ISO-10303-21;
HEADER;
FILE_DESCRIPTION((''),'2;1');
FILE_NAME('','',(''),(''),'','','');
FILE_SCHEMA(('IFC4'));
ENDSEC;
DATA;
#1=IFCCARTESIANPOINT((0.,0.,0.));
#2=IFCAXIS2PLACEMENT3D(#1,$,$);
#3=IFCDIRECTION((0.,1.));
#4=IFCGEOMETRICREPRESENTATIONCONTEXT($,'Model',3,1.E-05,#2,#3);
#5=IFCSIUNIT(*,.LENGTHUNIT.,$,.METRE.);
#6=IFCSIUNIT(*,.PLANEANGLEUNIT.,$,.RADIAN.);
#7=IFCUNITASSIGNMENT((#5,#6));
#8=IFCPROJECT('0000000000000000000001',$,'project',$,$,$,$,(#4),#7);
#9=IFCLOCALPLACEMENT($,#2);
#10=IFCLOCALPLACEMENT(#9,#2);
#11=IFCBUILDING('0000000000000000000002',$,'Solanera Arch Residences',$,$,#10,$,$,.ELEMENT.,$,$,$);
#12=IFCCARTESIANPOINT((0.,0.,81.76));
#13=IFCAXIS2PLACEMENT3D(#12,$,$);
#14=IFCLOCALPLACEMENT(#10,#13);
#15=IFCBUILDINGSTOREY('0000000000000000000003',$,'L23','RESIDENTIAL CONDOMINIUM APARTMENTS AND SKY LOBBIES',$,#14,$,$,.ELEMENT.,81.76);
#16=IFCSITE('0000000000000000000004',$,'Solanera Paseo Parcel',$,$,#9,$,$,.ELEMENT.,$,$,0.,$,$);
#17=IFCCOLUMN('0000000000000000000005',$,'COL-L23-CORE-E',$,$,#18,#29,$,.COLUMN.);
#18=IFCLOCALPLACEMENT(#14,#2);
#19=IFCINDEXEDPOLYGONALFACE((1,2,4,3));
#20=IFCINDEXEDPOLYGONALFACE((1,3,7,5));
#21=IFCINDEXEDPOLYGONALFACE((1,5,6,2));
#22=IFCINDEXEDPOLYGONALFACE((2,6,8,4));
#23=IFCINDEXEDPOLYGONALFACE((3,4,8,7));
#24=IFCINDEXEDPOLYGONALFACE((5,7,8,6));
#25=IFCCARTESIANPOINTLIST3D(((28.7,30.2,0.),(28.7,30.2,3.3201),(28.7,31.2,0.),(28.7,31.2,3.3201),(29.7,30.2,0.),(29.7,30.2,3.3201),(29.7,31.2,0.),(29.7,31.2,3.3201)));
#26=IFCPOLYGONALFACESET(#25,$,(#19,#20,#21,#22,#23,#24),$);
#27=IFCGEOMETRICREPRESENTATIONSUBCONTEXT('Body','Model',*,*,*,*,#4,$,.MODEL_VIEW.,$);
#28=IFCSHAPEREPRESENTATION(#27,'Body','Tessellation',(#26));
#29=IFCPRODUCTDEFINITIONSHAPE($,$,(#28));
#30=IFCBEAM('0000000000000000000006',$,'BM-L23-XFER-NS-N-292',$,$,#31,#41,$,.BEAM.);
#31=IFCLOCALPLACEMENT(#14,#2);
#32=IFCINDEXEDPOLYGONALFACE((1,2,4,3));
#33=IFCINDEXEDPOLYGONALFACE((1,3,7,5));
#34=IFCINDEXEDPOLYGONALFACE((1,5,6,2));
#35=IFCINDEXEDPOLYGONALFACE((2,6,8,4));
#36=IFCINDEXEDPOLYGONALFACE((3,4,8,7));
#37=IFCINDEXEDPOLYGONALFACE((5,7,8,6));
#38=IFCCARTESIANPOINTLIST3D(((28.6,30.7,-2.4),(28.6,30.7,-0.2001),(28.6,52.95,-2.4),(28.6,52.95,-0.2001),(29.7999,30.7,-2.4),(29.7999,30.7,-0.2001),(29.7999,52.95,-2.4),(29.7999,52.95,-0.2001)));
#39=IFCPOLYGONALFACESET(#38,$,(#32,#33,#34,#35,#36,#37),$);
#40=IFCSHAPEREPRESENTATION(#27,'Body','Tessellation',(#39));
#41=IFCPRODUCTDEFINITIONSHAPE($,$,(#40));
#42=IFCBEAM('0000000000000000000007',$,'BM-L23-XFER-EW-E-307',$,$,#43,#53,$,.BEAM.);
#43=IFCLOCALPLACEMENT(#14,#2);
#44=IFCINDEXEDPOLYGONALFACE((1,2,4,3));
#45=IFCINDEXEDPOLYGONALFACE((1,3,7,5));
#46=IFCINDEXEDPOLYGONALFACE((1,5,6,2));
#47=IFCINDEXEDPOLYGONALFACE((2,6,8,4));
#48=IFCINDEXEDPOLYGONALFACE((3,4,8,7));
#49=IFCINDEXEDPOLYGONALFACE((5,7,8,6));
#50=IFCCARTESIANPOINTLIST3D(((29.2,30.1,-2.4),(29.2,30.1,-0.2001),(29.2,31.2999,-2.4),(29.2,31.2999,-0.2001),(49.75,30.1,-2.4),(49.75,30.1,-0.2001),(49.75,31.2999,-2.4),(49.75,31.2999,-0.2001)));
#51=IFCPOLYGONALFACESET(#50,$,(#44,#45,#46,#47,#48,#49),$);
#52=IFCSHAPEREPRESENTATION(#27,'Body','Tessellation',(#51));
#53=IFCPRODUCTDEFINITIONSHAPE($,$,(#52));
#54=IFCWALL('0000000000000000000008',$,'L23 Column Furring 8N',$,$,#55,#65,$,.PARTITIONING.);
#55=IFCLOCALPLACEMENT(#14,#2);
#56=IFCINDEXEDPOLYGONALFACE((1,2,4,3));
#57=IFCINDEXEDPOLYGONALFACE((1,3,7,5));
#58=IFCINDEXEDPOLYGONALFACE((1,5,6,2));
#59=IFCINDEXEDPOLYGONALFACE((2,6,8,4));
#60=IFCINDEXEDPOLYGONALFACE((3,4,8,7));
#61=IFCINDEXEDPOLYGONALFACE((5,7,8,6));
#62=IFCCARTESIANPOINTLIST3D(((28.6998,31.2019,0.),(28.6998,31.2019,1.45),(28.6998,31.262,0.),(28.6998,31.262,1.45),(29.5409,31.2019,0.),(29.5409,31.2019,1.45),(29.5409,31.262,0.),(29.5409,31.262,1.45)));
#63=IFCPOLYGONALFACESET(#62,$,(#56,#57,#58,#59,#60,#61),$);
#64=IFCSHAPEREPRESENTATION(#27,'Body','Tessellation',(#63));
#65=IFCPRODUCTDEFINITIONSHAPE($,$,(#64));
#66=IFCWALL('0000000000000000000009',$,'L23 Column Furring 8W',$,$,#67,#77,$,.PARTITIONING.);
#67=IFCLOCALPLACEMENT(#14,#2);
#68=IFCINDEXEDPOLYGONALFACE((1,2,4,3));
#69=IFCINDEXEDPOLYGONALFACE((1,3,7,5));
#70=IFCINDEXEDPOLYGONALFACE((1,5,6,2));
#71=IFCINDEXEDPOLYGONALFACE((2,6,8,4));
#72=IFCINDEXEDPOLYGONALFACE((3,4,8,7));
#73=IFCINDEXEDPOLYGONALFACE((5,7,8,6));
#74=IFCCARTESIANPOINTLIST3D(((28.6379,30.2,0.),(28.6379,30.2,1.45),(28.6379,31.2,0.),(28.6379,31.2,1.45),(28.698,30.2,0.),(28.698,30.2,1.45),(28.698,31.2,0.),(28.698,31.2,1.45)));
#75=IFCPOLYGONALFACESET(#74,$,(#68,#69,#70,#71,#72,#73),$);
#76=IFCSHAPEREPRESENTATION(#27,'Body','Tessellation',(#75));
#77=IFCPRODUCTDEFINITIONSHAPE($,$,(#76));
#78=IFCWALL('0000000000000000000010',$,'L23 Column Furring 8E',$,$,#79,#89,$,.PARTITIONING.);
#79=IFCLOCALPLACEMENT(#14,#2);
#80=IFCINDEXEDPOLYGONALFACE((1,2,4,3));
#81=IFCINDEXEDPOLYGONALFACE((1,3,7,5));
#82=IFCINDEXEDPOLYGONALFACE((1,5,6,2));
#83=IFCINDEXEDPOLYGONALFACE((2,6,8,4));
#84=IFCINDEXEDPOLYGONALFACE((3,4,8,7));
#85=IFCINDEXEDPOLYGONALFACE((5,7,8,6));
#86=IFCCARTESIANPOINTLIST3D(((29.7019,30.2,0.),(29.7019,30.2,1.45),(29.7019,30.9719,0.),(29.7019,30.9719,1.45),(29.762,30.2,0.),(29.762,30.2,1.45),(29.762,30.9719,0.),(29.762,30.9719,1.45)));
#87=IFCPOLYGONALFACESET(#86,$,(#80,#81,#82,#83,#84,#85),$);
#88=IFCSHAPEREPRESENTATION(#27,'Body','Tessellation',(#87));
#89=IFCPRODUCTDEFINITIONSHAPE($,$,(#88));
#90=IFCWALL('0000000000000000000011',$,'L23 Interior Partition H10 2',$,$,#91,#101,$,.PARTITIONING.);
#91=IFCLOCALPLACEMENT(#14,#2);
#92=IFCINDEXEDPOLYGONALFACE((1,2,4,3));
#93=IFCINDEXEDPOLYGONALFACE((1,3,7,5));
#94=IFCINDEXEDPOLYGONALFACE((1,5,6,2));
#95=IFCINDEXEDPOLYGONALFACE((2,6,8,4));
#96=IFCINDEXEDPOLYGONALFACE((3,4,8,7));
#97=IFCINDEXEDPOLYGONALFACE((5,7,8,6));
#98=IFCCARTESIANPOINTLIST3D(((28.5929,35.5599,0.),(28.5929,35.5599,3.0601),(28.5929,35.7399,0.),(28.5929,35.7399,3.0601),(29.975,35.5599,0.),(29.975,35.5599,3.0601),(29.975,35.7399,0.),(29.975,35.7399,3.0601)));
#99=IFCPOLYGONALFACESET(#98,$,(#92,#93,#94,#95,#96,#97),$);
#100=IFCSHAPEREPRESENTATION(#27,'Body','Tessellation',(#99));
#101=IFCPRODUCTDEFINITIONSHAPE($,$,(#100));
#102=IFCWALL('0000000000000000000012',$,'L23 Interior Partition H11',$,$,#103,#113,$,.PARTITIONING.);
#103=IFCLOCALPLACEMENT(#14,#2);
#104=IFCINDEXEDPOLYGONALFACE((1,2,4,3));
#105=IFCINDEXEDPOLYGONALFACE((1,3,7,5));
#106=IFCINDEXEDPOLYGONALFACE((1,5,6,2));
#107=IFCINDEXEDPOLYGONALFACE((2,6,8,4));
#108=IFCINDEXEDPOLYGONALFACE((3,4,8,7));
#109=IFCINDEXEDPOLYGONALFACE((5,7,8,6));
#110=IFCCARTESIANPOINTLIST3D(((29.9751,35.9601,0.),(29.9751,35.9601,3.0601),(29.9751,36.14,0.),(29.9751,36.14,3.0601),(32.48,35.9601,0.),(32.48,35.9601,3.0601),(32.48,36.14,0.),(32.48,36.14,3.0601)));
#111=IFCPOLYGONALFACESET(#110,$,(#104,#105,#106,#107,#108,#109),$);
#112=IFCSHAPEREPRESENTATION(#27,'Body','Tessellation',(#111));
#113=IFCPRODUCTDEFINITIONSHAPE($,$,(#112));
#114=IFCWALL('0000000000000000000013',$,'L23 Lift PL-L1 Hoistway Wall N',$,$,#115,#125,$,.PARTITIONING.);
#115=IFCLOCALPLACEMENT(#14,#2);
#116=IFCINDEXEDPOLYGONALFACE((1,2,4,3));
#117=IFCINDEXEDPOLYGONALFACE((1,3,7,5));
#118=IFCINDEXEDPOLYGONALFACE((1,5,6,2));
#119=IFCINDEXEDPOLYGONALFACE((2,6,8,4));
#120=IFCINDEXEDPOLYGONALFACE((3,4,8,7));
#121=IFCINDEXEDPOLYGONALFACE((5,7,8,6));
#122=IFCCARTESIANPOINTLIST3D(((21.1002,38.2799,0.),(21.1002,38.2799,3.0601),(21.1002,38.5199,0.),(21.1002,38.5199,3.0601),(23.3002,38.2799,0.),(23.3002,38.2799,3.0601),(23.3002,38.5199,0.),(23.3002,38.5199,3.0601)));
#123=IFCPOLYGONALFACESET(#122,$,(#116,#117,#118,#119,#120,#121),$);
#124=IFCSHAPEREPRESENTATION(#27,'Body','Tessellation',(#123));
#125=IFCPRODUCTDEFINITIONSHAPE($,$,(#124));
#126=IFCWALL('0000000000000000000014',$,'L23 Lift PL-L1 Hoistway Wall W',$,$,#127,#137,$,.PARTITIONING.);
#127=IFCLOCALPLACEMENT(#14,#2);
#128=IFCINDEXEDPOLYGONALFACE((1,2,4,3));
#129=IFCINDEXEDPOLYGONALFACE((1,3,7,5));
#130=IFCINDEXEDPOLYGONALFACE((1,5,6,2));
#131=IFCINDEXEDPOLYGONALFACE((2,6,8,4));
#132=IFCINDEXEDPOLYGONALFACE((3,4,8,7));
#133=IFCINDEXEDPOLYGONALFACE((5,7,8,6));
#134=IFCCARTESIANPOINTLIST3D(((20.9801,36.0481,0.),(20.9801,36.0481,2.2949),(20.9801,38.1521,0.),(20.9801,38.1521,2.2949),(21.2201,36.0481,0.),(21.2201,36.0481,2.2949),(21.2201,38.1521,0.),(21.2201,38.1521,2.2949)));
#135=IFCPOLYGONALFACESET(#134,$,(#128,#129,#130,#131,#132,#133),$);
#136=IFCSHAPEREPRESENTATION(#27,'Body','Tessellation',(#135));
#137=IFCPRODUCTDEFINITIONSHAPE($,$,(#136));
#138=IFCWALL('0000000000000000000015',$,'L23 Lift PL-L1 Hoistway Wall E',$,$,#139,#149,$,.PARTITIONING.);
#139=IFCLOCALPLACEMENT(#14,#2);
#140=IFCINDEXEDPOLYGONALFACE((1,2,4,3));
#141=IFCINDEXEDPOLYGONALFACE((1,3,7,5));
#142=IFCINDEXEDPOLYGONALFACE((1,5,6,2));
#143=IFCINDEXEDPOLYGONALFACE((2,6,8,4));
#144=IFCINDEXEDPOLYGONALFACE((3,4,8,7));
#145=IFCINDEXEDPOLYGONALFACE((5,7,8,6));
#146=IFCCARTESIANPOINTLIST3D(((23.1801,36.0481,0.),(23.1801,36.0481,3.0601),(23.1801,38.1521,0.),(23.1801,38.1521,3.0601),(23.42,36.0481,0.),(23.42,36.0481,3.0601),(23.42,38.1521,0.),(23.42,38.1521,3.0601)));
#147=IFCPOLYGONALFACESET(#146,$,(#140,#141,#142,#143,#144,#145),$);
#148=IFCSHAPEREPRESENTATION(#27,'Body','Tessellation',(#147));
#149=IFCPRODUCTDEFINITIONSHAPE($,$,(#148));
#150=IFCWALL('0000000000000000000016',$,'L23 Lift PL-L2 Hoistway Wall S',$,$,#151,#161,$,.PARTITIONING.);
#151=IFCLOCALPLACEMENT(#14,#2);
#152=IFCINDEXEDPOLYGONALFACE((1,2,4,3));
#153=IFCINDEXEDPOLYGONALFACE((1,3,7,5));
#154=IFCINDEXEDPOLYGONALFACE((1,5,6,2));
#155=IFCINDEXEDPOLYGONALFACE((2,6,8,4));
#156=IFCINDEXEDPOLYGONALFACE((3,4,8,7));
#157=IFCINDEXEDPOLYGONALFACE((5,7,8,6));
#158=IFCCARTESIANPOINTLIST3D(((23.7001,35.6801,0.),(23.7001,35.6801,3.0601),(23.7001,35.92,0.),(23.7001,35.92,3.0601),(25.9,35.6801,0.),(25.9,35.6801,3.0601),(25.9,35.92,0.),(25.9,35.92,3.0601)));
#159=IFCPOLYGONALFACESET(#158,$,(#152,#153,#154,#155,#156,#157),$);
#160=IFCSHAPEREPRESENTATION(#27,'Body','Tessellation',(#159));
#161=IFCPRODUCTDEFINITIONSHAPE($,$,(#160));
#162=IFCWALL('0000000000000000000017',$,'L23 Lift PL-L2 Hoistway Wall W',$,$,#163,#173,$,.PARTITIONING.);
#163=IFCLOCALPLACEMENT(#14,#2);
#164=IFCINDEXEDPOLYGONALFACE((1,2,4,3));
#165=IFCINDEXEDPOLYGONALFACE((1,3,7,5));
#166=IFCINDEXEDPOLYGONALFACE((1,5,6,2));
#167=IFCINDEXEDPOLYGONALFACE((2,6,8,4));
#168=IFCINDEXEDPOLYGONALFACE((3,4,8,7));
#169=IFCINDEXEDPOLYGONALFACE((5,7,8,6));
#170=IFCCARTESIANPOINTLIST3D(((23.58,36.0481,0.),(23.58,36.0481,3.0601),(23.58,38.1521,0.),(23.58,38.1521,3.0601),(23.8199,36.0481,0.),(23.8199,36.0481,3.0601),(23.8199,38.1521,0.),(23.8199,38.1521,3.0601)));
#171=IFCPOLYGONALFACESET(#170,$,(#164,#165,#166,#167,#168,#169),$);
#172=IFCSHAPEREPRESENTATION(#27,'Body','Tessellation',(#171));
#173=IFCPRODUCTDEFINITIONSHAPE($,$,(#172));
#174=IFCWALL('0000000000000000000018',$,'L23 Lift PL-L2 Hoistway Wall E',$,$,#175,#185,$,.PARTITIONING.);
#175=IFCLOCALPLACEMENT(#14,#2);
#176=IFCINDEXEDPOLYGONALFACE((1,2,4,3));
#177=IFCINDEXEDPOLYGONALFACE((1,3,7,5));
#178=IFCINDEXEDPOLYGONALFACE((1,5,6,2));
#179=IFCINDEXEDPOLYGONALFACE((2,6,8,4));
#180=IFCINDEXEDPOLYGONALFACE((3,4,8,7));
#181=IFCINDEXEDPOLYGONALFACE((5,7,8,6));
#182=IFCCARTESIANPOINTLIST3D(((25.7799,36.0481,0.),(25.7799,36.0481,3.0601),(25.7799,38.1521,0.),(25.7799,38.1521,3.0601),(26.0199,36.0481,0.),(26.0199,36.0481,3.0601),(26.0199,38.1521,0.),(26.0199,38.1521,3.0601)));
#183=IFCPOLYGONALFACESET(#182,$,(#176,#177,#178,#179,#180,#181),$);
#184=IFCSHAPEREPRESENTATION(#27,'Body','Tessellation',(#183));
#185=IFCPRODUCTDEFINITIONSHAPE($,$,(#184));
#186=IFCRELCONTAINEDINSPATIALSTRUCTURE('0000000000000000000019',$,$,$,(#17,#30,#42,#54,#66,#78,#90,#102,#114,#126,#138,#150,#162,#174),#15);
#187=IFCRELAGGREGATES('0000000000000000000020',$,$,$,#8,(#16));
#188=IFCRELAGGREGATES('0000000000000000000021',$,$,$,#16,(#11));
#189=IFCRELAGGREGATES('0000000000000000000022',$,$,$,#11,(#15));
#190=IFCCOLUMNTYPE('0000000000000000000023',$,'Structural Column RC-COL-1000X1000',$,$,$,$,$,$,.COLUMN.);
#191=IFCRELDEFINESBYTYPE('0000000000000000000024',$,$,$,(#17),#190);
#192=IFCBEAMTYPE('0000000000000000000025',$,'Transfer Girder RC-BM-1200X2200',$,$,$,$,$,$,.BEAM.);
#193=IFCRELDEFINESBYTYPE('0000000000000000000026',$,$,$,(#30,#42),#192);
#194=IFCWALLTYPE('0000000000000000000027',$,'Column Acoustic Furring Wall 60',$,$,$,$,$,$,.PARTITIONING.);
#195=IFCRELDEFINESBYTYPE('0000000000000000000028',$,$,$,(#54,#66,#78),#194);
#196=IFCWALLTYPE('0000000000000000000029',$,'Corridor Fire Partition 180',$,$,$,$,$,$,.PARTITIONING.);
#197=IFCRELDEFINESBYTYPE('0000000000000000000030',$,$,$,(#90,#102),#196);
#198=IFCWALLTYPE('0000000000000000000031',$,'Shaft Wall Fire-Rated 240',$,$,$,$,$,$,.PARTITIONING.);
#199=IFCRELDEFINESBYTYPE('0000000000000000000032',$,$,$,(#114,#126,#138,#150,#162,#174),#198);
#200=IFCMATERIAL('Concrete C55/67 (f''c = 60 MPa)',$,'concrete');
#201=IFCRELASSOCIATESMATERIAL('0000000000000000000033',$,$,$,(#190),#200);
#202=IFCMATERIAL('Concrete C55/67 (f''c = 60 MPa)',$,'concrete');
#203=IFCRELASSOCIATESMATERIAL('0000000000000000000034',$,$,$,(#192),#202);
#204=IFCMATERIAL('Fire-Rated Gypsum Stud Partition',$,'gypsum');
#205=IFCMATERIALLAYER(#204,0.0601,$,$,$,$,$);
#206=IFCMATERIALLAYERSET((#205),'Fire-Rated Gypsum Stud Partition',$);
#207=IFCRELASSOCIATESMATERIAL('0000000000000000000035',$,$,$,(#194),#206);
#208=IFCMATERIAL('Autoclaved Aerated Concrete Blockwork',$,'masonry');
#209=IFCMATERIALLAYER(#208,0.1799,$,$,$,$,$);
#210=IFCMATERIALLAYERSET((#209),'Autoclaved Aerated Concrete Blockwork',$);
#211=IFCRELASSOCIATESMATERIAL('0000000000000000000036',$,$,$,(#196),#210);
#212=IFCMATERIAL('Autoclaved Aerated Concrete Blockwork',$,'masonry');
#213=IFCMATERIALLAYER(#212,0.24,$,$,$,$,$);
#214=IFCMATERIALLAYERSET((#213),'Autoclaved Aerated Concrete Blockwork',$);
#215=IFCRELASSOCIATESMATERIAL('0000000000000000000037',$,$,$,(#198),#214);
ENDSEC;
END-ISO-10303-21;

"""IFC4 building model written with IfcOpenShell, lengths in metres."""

from ifc_helpers import new_model, si_unit, direction, frame, frame_2d, origin, origin_2d, place, context, subcontext, project, spatial, rectangle, extrude, material, layer, layer_set, material_profile, profile_set, type_object, element, save


model = new_model("IFC4")

# Units and contexts
model_context = context("Model", 3, precision=1e-05, world=origin(), true_north=direction((0.0, 1.0)))
body_context = subcontext(model_context, "Body", "Model", "MODEL_VIEW")
ifc_project = project(units=[si_unit("LENGTHUNIT", "METRE"), si_unit("PLANEANGLEUNIT", "RADIAN")], contexts=[model_context])

# Site, building, storey
site_placement = place(None, origin())
site = spatial("IfcSite", under=ifc_project, at=site_placement, Name="Solanera Paseo Parcel", CompositionType="ELEMENT", RefElevation=0.0)
building_placement = place(site_placement, origin())
building = spatial("IfcBuilding", under=site, at=building_placement, Name="Solanera Arch Residences", CompositionType="ELEMENT")
storey_placement = place(building_placement, frame((0.0, 0.0, 81.76)))
storey = spatial("IfcBuildingStorey", under=building, at=storey_placement, Name="L23", Description="RESIDENTIAL CONDOMINIUM APARTMENTS AND SKY LOBBIES", CompositionType="ELEMENT", Elevation=81.76)

# Column
ifc_material_1 = material(Name="Concrete C55/67 (f'c = 60 MPa)", Category="concrete")
ifc_material_profile_1 = material_profile(ifc_material_1, rectangle(XDim=1.0, YDim=1.0, at=origin_2d()))
ifc_profile_set_1 = profile_set([ifc_material_profile_1], Name="Concrete C55/67 (f'c = 60 MPa)")
column_type = type_object("IfcColumnType", Name="Structural Column RC-COL-1000X1000", PredefinedType="COLUMN", material=ifc_profile_set_1)
column_placement = place(storey_placement, frame((29.2, 30.7, 0.0), z_axis=(0.0, 0.0, 1.0), x_axis=(1.0, 0.0, 0.0)))
element("IfcColumn", 1, at=column_placement, inside=storey, type_object=column_type, Name="COL-L23-CORE-E", PredefinedType="COLUMN", context=body_context, shape_type="SweptSolid", body=[
    extrude(rectangle(XDim=1.0, YDim=1.0, at=origin_2d()), origin(), (0.0, 0.0, 1.0), 3.3201),
])

# Beams
ifc_material_2 = material(Name="Concrete C55/67 (f'c = 60 MPa)", Category="concrete")
ifc_material_profile_2 = material_profile(ifc_material_2, rectangle(XDim=1.2, YDim=2.2, at=origin_2d()))
ifc_profile_set_2 = profile_set([ifc_material_profile_2], Name="Concrete C55/67 (f'c = 60 MPa)")
beam_type = type_object("IfcBeamType", Name="Transfer Girder RC-BM-1200X2200", PredefinedType="BEAM", material=ifc_profile_set_2)
beam_1_placement = place(storey_placement, frame((29.2, 30.7, -1.3), z_axis=(0.0, 1.0, 0.0), x_axis=(-1.0, 0.0, 0.0)))
element("IfcBeam", 2, at=beam_1_placement, inside=storey, type_object=beam_type, Name="BM-L23-XFER-NS-N-292", PredefinedType="BEAM", context=body_context, shape_type="SweptSolid", body=[
    extrude(rectangle(XDim=1.2, YDim=2.2, at=origin_2d()), origin(), (0.0, 0.0, 1.0), 22.25),
])
beam_2_placement = place(storey_placement, frame((29.2, 30.7, -1.3), z_axis=(1.0, 0.0, 0.0), x_axis=(0.0, 1.0, 0.0)))
element("IfcBeam", 3, at=beam_2_placement, inside=storey, type_object=beam_type, Name="BM-L23-XFER-EW-E-307", PredefinedType="BEAM", context=body_context, shape_type="SweptSolid", body=[
    extrude(rectangle(XDim=1.2, YDim=2.2, at=origin_2d()), origin(), (0.0, 0.0, 1.0), 20.55),
])

# Walls
ifc_material_3 = material(Name="Fire-Rated Gypsum Stud Partition", Category="gypsum")
ifc_layer_1 = layer(ifc_material_3, 0.0601)
ifc_layer_set_1 = layer_set([ifc_layer_1], Name="Fire-Rated Gypsum Stud Partition")
wall_type_1 = type_object("IfcWallType", Name="Column Acoustic Furring Wall 60", PredefinedType="PARTITIONING", material=ifc_layer_set_1)
wall_1_placement = place(storey_placement, frame((28.7, 31.2319, 0.0), z_axis=(0.0, 0.0, 1.0), x_axis=(1.0, 0.0, 0.0)))
element("IfcWall", 4, at=wall_1_placement, inside=storey, type_object=wall_type_1, Name="L23 Column Furring 8N", PredefinedType="PARTITIONING", context=body_context, shape_type="SweptSolid", body=[
    extrude(rectangle(XDim=0.8411, YDim=0.0601, at=frame_2d((0.4204, 0.0))), origin(), (0.0, 0.0, 1.0), 1.45),
])
wall_2_placement = place(storey_placement, frame((28.668, 30.2, 0.0), z_axis=(0.0, 0.0, 1.0), x_axis=(0.0, 1.0, 0.0)))
element("IfcWall", 5, at=wall_2_placement, inside=storey, type_object=wall_type_1, Name="L23 Column Furring 8W", PredefinedType="PARTITIONING", context=body_context, shape_type="SweptSolid", body=[
    extrude(rectangle(XDim=1.0, YDim=0.0601, at=frame_2d((0.5, 0.0))), origin(), (0.0, 0.0, 1.0), 1.45),
])
wall_3_placement = place(storey_placement, frame((29.7319, 30.2, 0.0), z_axis=(0.0, 0.0, 1.0), x_axis=(0.0, 1.0, 0.0)))
element("IfcWall", 6, at=wall_3_placement, inside=storey, type_object=wall_type_1, Name="L23 Column Furring 8E", PredefinedType="PARTITIONING", context=body_context, shape_type="SweptSolid", body=[
    extrude(rectangle(XDim=0.772, YDim=0.0601, at=frame_2d((0.386, 0.0))), origin(), (0.0, 0.0, 1.0), 1.45),
])
ifc_material_4 = material(Name="Autoclaved Aerated Concrete Blockwork", Category="masonry")
ifc_layer_2 = layer(ifc_material_4, 0.1799)
ifc_layer_set_2 = layer_set([ifc_layer_2], Name="Autoclaved Aerated Concrete Blockwork")
wall_type_2 = type_object("IfcWallType", Name="Corridor Fire Partition 180", PredefinedType="PARTITIONING", material=ifc_layer_set_2)
wall_4_placement = place(storey_placement, frame((28.593, 35.6499, 0.0), z_axis=(0.0, 0.0, 1.0), x_axis=(1.0, 0.0, 0.0)))
element("IfcWall", 7, at=wall_4_placement, inside=storey, type_object=wall_type_2, Name="L23 Interior Partition H10 2", PredefinedType="PARTITIONING", context=body_context, shape_type="SweptSolid", body=[
    extrude(rectangle(XDim=1.3821, YDim=0.1799, at=frame_2d((0.6909, 0.0))), origin(), (0.0, 0.0, 1.0), 3.0601),
])
wall_5_placement = place(storey_placement, frame((29.9751, 36.05, 0.0), z_axis=(0.0, 0.0, 1.0), x_axis=(1.0, 0.0, 0.0)))
element("IfcWall", 8, at=wall_5_placement, inside=storey, type_object=wall_type_2, Name="L23 Interior Partition H11", PredefinedType="PARTITIONING", context=body_context, shape_type="SweptSolid", body=[
    extrude(rectangle(XDim=2.5049, YDim=0.1799, at=frame_2d((1.2524, 0.0))), origin(), (0.0, 0.0, 1.0), 3.0601),
])
ifc_material_5 = material(Name="Autoclaved Aerated Concrete Blockwork", Category="masonry")
ifc_layer_3 = layer(ifc_material_5, 0.24)
ifc_layer_set_3 = layer_set([ifc_layer_3], Name="Autoclaved Aerated Concrete Blockwork")
wall_type_3 = type_object("IfcWallType", Name="Shaft Wall Fire-Rated 240", PredefinedType="PARTITIONING", material=ifc_layer_set_3)
wall_6_placement = place(storey_placement, frame((21.1001, 38.3999, 0.0), z_axis=(0.0, 0.0, 1.0), x_axis=(1.0, 0.0, 0.0)))
element("IfcWall", 9, at=wall_6_placement, inside=storey, type_object=wall_type_3, Name="L23 Lift PL-L1 Hoistway Wall N", PredefinedType="PARTITIONING", context=body_context, shape_type="SweptSolid", body=[
    extrude(rectangle(XDim=2.2, YDim=0.24, at=frame_2d((1.1001, 0.0))), origin(), (0.0, 0.0, 1.0), 3.0601),
])
wall_7_placement = place(storey_placement, frame((21.1001, 36.0481, 0.0), z_axis=(0.0, 0.0, 1.0), x_axis=(0.0, 1.0, 0.0)))
element("IfcWall", 10, at=wall_7_placement, inside=storey, type_object=wall_type_3, Name="L23 Lift PL-L1 Hoistway Wall W", PredefinedType="PARTITIONING", context=body_context, shape_type="SweptSolid", body=[
    extrude(rectangle(XDim=2.104, YDim=0.24, at=frame_2d((1.052, 0.0))), origin(), (0.0, 0.0, 1.0), 2.2949),
])
wall_8_placement = place(storey_placement, frame((23.3, 36.0481, 0.0), z_axis=(0.0, 0.0, 1.0), x_axis=(0.0, 1.0, 0.0)))
element("IfcWall", 11, at=wall_8_placement, inside=storey, type_object=wall_type_3, Name="L23 Lift PL-L1 Hoistway Wall E", PredefinedType="PARTITIONING", context=body_context, shape_type="SweptSolid", body=[
    extrude(rectangle(XDim=2.104, YDim=0.24, at=frame_2d((1.052, 0.0))), origin(), (0.0, 0.0, 1.0), 3.0601),
])
wall_9_placement = place(storey_placement, frame((23.7, 35.8, 0.0), z_axis=(0.0, 0.0, 1.0), x_axis=(1.0, 0.0, 0.0)))
element("IfcWall", 12, at=wall_9_placement, inside=storey, type_object=wall_type_3, Name="L23 Lift PL-L2 Hoistway Wall S", PredefinedType="PARTITIONING", context=body_context, shape_type="SweptSolid", body=[
    extrude(rectangle(XDim=2.2, YDim=0.24, at=frame_2d((1.1001, 0.0))), origin(), (0.0, 0.0, 1.0), 3.0601),
])
for number, where, z_axis, x_axis, name in (
    (13, (23.7, 36.0481, 0.0), (0.0, 0.0, 1.0), (0.0, 1.0, 0.0), "L23 Lift PL-L2 Hoistway Wall W"),
    (14, (25.8999, 36.0481, 0.0), (0.0, 0.0, 1.0), (0.0, 1.0, 0.0), "L23 Lift PL-L2 Hoistway Wall E"),
):
    element("IfcWall", number, at=place(storey_placement, frame(where, z_axis=z_axis, x_axis=x_axis)), inside=storey, type_object=wall_type_3, Name=name, PredefinedType="PARTITIONING", context=body_context, shape_type="SweptSolid", body=[
        extrude(rectangle(XDim=2.104, YDim=0.24, at=frame_2d((1.052, 0.0))), origin(), (0.0, 0.0, 1.0), 3.0601),
    ])

save(model, "model.ifc")
